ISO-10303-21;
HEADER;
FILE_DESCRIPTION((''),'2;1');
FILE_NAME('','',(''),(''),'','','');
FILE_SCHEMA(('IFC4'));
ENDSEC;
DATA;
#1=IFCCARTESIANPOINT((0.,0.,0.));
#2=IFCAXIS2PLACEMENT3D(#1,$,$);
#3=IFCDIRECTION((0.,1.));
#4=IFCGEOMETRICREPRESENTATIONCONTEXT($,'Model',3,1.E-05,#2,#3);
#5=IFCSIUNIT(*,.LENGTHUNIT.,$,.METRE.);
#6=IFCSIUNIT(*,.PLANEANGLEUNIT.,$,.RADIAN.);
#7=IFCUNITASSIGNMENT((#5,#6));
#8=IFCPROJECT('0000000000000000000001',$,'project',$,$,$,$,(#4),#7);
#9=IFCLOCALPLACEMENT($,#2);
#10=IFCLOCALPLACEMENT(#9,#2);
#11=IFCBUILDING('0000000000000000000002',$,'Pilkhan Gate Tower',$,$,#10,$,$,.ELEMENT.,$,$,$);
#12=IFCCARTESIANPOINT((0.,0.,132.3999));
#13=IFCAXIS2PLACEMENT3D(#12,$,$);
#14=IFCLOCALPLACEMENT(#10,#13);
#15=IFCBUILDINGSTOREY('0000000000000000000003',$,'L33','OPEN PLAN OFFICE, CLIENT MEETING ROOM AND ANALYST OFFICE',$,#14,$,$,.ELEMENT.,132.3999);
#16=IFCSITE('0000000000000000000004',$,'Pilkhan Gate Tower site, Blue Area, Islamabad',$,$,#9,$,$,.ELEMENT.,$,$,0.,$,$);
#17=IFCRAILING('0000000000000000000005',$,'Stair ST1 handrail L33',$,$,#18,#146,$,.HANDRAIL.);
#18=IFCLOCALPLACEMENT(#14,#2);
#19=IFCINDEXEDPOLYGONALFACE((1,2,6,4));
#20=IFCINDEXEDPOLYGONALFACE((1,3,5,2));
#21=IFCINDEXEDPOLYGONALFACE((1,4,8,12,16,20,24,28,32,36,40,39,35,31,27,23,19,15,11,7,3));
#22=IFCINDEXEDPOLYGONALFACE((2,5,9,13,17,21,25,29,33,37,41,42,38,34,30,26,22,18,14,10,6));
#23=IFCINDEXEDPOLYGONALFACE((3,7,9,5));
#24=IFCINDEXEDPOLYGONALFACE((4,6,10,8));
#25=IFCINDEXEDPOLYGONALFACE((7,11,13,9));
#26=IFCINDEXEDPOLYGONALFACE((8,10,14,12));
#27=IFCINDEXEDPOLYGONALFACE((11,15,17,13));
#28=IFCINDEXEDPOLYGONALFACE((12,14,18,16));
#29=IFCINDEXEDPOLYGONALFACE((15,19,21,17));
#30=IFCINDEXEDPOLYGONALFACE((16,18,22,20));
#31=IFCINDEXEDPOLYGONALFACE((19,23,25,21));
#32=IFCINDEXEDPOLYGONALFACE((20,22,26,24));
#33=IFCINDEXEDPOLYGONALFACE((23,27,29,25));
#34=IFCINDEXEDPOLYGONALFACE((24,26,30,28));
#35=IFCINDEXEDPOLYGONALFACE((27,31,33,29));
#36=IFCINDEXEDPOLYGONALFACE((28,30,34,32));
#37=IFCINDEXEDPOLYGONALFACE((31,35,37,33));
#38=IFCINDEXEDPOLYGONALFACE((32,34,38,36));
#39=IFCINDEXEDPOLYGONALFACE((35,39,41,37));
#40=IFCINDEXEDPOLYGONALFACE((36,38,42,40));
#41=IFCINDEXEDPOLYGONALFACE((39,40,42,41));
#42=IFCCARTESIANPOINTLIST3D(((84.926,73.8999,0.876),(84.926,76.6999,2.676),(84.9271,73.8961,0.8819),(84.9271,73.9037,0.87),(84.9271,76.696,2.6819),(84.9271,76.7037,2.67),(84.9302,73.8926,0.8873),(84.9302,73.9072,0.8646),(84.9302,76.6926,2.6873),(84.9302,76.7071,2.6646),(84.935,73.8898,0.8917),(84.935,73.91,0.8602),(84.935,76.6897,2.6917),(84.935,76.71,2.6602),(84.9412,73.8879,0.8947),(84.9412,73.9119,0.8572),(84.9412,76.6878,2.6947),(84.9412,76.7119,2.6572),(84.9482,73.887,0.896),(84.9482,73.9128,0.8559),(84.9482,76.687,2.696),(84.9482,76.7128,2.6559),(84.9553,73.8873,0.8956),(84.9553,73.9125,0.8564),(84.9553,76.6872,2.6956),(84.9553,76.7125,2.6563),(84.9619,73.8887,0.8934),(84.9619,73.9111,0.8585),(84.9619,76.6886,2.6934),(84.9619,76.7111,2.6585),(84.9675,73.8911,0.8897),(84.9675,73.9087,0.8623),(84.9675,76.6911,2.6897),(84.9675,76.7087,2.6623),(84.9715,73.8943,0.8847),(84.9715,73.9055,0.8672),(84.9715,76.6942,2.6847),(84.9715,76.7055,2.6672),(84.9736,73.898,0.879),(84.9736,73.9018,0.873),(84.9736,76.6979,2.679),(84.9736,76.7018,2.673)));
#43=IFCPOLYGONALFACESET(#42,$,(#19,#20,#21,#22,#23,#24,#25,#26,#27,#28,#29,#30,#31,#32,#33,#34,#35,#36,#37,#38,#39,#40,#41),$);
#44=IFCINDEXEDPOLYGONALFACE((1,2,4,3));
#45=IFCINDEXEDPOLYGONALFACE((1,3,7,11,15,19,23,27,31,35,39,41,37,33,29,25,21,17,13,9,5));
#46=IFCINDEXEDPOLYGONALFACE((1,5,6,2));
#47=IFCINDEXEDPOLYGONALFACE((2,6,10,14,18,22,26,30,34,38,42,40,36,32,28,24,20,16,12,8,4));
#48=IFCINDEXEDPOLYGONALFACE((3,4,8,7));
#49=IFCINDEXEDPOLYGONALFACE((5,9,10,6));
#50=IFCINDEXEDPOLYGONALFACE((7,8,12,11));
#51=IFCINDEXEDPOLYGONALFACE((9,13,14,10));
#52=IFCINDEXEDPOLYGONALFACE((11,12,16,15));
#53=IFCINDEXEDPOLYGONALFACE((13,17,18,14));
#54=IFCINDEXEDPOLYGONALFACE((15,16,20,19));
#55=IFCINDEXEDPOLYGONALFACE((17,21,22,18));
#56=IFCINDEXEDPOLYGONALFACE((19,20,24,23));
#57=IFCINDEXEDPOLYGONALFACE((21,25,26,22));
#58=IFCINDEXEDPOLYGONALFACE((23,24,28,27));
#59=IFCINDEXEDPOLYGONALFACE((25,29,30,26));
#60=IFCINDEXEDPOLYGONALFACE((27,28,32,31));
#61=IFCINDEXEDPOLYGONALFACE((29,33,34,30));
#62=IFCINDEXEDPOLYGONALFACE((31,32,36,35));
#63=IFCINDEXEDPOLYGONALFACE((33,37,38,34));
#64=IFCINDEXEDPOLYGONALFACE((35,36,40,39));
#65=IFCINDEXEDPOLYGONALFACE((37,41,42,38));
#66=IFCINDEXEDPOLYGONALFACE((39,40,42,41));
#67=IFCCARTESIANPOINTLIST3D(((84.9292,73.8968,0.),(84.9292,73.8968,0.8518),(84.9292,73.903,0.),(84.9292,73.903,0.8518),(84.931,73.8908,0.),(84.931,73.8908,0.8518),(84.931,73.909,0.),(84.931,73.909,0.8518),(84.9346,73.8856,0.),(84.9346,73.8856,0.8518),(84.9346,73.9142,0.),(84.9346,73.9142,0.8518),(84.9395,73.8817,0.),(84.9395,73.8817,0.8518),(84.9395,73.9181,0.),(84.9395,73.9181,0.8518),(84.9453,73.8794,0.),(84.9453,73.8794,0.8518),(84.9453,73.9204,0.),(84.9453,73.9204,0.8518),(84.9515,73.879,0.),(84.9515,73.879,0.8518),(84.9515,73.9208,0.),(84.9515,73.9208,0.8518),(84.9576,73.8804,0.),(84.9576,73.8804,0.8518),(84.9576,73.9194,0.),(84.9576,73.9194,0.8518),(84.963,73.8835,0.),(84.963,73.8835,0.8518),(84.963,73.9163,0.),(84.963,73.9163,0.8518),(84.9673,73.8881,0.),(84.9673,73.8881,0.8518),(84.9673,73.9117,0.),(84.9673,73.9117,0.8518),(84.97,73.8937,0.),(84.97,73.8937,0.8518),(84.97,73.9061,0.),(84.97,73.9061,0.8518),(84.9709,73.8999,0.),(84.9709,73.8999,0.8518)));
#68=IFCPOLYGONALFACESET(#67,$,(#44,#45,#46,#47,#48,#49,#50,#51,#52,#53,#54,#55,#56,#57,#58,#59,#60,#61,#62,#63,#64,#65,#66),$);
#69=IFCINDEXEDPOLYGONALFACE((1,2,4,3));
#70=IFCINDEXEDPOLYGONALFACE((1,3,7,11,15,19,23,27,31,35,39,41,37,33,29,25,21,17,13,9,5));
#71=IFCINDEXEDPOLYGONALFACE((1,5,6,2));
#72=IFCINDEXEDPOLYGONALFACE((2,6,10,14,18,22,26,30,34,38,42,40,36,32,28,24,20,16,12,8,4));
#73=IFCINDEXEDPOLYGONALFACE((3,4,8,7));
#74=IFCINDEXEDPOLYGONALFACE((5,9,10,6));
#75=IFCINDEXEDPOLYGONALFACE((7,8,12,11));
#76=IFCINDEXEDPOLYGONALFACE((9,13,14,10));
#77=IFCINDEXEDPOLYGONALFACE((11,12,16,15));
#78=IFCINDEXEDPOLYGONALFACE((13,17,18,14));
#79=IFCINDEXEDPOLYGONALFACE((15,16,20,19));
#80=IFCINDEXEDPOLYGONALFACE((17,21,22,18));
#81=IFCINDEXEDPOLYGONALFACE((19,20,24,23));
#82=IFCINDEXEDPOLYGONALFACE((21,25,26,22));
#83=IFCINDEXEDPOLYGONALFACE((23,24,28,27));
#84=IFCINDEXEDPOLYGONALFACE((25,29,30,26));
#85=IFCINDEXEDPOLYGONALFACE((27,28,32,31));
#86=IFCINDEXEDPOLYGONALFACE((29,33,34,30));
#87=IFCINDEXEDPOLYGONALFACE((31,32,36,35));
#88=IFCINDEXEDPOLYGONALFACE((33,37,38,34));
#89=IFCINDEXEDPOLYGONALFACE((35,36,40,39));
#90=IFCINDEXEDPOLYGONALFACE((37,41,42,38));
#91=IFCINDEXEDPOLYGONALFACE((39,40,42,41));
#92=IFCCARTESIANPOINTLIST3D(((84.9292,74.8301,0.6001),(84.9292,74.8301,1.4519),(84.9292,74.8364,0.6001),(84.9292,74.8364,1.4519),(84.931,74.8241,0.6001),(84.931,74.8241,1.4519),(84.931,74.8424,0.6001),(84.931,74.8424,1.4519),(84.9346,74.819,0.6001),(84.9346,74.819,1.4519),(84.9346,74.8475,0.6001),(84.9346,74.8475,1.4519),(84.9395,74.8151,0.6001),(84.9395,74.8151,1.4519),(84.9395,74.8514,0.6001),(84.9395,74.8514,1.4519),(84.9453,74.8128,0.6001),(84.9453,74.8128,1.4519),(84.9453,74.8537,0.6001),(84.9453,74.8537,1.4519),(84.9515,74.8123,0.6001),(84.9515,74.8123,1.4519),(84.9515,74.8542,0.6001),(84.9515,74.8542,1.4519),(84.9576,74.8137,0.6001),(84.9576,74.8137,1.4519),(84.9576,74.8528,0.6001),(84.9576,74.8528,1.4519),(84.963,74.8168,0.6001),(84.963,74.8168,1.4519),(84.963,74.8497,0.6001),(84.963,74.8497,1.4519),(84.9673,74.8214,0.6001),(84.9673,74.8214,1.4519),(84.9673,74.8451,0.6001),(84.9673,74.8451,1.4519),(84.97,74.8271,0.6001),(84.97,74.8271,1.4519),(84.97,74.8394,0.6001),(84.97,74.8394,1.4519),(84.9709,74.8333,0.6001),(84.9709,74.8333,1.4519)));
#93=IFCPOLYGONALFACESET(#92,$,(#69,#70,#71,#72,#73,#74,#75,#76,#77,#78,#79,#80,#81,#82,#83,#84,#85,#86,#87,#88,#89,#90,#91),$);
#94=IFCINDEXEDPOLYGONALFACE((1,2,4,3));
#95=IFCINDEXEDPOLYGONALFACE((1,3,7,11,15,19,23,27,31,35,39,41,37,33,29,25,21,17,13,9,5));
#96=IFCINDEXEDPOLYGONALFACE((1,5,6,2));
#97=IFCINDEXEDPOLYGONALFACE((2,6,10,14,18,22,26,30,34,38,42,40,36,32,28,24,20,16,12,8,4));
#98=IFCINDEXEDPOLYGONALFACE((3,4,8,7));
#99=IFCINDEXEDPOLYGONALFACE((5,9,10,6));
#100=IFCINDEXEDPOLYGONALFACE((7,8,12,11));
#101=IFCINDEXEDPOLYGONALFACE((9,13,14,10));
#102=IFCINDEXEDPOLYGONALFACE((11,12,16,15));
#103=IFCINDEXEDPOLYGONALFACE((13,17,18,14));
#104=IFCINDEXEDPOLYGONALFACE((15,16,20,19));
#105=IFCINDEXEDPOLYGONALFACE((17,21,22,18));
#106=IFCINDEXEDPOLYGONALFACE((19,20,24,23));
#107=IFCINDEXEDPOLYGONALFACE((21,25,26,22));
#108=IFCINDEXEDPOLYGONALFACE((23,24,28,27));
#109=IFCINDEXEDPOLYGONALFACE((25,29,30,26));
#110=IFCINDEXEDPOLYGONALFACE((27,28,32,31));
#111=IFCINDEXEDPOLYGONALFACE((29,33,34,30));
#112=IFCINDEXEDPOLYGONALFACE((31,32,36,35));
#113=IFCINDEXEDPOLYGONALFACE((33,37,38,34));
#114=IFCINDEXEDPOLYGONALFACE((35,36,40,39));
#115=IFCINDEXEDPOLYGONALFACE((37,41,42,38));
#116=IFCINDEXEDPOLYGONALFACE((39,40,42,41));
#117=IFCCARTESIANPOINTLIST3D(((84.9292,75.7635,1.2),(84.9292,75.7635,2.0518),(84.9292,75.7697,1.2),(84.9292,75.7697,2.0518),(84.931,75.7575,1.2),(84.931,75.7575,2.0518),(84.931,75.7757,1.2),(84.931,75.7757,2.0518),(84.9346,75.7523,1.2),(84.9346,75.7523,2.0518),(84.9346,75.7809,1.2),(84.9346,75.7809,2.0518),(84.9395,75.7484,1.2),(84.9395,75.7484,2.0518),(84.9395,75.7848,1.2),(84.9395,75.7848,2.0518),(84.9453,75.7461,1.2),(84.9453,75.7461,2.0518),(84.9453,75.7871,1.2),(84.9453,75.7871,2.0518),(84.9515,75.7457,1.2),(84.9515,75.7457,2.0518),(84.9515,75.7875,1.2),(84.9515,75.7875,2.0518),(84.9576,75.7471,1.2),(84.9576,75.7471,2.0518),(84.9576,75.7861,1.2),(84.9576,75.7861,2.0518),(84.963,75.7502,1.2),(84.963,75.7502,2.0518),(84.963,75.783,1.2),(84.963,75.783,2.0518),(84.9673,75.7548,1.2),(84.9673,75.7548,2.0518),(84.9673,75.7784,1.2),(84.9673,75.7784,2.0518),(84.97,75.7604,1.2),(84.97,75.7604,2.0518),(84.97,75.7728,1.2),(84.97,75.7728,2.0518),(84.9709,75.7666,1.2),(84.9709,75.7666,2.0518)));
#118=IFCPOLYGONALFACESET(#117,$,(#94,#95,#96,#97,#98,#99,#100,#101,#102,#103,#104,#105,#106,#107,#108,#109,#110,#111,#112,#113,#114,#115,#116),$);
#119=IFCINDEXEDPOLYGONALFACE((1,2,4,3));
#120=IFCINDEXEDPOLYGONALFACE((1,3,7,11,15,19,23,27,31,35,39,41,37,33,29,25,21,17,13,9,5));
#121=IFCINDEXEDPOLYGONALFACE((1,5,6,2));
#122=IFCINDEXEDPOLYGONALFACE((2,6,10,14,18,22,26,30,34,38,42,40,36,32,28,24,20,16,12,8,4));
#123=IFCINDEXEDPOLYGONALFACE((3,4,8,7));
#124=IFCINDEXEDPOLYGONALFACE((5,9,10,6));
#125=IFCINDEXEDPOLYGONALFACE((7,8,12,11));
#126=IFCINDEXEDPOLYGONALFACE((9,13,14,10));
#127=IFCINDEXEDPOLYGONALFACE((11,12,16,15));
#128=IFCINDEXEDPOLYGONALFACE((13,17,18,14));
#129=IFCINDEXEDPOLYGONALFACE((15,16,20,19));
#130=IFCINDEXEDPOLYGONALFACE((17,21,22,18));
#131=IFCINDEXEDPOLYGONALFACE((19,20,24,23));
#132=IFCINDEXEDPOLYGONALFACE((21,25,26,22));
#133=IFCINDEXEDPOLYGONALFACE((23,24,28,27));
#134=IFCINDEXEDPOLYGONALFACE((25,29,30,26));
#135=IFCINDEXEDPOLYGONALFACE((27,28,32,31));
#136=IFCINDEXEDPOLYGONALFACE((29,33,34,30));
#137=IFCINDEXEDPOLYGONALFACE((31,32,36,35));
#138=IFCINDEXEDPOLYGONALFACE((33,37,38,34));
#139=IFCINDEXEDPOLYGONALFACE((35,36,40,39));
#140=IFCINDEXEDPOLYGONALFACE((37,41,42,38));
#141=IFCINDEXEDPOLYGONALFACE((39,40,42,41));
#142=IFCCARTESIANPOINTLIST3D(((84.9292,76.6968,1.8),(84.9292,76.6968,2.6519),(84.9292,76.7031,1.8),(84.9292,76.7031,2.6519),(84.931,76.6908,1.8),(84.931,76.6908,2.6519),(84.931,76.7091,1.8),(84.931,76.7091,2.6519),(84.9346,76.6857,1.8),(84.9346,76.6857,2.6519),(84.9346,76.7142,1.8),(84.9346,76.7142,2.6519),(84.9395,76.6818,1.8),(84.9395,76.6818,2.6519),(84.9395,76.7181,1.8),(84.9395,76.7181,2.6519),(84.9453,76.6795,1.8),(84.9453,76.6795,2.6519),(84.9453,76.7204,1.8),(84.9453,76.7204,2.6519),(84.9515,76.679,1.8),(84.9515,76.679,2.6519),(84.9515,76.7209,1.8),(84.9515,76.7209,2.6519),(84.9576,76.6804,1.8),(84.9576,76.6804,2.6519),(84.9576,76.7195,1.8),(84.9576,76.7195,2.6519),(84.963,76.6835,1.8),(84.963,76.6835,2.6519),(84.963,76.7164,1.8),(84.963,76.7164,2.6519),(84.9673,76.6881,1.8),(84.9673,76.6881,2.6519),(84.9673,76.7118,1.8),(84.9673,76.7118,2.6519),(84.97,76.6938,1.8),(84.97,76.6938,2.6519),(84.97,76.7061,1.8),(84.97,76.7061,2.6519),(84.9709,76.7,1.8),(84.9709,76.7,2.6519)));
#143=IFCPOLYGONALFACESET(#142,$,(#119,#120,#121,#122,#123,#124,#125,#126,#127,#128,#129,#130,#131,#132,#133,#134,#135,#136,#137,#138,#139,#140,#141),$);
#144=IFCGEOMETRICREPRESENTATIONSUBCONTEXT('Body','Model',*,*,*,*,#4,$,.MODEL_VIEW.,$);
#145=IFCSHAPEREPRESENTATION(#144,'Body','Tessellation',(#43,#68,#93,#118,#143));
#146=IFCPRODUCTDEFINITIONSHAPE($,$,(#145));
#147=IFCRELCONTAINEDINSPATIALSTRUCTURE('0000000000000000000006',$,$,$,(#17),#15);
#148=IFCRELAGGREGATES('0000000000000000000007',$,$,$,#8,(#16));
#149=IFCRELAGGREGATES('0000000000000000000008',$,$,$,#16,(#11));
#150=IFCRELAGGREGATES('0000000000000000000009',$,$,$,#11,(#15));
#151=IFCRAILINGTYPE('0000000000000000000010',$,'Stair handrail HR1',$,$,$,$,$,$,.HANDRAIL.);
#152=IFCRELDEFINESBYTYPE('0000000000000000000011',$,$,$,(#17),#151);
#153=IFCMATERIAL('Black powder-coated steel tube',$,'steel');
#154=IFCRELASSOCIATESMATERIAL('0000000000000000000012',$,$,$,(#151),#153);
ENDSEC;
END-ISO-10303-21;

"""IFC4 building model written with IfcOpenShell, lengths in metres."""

from ifc_helpers import new_model, si_unit, direction, frame, origin, origin_2d, place, context, subcontext, project, spatial, circle, extrude, material, type_object, element, save


model = new_model("IFC4")

# Units and contexts
model_context = context("Model", 3, precision=1e-05, world=origin(), true_north=direction((0.0, 1.0)))
body_context = subcontext(model_context, "Body", "Model", "MODEL_VIEW")
ifc_project = project(units=[si_unit("LENGTHUNIT", "METRE"), si_unit("PLANEANGLEUNIT", "RADIAN")], contexts=[model_context])

# Site, building, storey
site_placement = place(None, origin())
site = spatial("IfcSite", under=ifc_project, at=site_placement, Name="Pilkhan Gate Tower site, Blue Area, Islamabad", CompositionType="ELEMENT", RefElevation=0.0)
building_placement = place(site_placement, origin())
building = spatial("IfcBuilding", under=site, at=building_placement, Name="Pilkhan Gate Tower", CompositionType="ELEMENT")
storey_placement = place(building_placement, frame((0.0, 0.0, 132.3999)))
storey = spatial("IfcBuildingStorey", under=building, at=storey_placement, Name="L33", Description="OPEN PLAN OFFICE, CLIENT MEETING ROOM AND ANALYST OFFICE", CompositionType="ELEMENT", Elevation=132.3999)

# Railing
ifc_material_1 = material(Name="Black powder-coated steel tube", Category="steel")
railing_type_1 = type_object("IfcRailingType", Name="Stair handrail HR1", PredefinedType="HANDRAIL", material=ifc_material_1)
railing_1_placement = place(storey_placement, frame((84.95, 73.8999, 0.0)))
element("IfcRailing", 1, at=railing_1_placement, inside=storey, type_object=railing_type_1, Name="Stair ST1 handrail L33", PredefinedType="HANDRAIL", context=body_context, shape_type="SweptSolid", body=[
    extrude(circle(Radius=0.0239, at=origin_2d()), frame((0.0, 0.0, 0.876), z_axis=(0.0, 0.841176, 0.540761), x_axis=(-1.0, 0.0, 0.0)), (0.0, 0.0, 1.0), 3.3286),
    extrude(circle(Radius=0.021, at=origin_2d()), origin(), (0.0, 0.0, 1.0), 0.8518),
    extrude(circle(Radius=0.021, at=origin_2d()), frame((0.0, 0.9333, 0.6001)), (0.0, 0.0, 1.0), 0.8518),
    extrude(circle(Radius=0.021, at=origin_2d()), frame((0.0, 1.8667, 1.2)), (0.0, 0.0, 1.0), 0.8518),
    extrude(circle(Radius=0.021, at=origin_2d()), frame((0.0, 2.8, 1.8)), (0.0, 0.0, 1.0), 0.8518),
])

save(model, "model.ifc")
